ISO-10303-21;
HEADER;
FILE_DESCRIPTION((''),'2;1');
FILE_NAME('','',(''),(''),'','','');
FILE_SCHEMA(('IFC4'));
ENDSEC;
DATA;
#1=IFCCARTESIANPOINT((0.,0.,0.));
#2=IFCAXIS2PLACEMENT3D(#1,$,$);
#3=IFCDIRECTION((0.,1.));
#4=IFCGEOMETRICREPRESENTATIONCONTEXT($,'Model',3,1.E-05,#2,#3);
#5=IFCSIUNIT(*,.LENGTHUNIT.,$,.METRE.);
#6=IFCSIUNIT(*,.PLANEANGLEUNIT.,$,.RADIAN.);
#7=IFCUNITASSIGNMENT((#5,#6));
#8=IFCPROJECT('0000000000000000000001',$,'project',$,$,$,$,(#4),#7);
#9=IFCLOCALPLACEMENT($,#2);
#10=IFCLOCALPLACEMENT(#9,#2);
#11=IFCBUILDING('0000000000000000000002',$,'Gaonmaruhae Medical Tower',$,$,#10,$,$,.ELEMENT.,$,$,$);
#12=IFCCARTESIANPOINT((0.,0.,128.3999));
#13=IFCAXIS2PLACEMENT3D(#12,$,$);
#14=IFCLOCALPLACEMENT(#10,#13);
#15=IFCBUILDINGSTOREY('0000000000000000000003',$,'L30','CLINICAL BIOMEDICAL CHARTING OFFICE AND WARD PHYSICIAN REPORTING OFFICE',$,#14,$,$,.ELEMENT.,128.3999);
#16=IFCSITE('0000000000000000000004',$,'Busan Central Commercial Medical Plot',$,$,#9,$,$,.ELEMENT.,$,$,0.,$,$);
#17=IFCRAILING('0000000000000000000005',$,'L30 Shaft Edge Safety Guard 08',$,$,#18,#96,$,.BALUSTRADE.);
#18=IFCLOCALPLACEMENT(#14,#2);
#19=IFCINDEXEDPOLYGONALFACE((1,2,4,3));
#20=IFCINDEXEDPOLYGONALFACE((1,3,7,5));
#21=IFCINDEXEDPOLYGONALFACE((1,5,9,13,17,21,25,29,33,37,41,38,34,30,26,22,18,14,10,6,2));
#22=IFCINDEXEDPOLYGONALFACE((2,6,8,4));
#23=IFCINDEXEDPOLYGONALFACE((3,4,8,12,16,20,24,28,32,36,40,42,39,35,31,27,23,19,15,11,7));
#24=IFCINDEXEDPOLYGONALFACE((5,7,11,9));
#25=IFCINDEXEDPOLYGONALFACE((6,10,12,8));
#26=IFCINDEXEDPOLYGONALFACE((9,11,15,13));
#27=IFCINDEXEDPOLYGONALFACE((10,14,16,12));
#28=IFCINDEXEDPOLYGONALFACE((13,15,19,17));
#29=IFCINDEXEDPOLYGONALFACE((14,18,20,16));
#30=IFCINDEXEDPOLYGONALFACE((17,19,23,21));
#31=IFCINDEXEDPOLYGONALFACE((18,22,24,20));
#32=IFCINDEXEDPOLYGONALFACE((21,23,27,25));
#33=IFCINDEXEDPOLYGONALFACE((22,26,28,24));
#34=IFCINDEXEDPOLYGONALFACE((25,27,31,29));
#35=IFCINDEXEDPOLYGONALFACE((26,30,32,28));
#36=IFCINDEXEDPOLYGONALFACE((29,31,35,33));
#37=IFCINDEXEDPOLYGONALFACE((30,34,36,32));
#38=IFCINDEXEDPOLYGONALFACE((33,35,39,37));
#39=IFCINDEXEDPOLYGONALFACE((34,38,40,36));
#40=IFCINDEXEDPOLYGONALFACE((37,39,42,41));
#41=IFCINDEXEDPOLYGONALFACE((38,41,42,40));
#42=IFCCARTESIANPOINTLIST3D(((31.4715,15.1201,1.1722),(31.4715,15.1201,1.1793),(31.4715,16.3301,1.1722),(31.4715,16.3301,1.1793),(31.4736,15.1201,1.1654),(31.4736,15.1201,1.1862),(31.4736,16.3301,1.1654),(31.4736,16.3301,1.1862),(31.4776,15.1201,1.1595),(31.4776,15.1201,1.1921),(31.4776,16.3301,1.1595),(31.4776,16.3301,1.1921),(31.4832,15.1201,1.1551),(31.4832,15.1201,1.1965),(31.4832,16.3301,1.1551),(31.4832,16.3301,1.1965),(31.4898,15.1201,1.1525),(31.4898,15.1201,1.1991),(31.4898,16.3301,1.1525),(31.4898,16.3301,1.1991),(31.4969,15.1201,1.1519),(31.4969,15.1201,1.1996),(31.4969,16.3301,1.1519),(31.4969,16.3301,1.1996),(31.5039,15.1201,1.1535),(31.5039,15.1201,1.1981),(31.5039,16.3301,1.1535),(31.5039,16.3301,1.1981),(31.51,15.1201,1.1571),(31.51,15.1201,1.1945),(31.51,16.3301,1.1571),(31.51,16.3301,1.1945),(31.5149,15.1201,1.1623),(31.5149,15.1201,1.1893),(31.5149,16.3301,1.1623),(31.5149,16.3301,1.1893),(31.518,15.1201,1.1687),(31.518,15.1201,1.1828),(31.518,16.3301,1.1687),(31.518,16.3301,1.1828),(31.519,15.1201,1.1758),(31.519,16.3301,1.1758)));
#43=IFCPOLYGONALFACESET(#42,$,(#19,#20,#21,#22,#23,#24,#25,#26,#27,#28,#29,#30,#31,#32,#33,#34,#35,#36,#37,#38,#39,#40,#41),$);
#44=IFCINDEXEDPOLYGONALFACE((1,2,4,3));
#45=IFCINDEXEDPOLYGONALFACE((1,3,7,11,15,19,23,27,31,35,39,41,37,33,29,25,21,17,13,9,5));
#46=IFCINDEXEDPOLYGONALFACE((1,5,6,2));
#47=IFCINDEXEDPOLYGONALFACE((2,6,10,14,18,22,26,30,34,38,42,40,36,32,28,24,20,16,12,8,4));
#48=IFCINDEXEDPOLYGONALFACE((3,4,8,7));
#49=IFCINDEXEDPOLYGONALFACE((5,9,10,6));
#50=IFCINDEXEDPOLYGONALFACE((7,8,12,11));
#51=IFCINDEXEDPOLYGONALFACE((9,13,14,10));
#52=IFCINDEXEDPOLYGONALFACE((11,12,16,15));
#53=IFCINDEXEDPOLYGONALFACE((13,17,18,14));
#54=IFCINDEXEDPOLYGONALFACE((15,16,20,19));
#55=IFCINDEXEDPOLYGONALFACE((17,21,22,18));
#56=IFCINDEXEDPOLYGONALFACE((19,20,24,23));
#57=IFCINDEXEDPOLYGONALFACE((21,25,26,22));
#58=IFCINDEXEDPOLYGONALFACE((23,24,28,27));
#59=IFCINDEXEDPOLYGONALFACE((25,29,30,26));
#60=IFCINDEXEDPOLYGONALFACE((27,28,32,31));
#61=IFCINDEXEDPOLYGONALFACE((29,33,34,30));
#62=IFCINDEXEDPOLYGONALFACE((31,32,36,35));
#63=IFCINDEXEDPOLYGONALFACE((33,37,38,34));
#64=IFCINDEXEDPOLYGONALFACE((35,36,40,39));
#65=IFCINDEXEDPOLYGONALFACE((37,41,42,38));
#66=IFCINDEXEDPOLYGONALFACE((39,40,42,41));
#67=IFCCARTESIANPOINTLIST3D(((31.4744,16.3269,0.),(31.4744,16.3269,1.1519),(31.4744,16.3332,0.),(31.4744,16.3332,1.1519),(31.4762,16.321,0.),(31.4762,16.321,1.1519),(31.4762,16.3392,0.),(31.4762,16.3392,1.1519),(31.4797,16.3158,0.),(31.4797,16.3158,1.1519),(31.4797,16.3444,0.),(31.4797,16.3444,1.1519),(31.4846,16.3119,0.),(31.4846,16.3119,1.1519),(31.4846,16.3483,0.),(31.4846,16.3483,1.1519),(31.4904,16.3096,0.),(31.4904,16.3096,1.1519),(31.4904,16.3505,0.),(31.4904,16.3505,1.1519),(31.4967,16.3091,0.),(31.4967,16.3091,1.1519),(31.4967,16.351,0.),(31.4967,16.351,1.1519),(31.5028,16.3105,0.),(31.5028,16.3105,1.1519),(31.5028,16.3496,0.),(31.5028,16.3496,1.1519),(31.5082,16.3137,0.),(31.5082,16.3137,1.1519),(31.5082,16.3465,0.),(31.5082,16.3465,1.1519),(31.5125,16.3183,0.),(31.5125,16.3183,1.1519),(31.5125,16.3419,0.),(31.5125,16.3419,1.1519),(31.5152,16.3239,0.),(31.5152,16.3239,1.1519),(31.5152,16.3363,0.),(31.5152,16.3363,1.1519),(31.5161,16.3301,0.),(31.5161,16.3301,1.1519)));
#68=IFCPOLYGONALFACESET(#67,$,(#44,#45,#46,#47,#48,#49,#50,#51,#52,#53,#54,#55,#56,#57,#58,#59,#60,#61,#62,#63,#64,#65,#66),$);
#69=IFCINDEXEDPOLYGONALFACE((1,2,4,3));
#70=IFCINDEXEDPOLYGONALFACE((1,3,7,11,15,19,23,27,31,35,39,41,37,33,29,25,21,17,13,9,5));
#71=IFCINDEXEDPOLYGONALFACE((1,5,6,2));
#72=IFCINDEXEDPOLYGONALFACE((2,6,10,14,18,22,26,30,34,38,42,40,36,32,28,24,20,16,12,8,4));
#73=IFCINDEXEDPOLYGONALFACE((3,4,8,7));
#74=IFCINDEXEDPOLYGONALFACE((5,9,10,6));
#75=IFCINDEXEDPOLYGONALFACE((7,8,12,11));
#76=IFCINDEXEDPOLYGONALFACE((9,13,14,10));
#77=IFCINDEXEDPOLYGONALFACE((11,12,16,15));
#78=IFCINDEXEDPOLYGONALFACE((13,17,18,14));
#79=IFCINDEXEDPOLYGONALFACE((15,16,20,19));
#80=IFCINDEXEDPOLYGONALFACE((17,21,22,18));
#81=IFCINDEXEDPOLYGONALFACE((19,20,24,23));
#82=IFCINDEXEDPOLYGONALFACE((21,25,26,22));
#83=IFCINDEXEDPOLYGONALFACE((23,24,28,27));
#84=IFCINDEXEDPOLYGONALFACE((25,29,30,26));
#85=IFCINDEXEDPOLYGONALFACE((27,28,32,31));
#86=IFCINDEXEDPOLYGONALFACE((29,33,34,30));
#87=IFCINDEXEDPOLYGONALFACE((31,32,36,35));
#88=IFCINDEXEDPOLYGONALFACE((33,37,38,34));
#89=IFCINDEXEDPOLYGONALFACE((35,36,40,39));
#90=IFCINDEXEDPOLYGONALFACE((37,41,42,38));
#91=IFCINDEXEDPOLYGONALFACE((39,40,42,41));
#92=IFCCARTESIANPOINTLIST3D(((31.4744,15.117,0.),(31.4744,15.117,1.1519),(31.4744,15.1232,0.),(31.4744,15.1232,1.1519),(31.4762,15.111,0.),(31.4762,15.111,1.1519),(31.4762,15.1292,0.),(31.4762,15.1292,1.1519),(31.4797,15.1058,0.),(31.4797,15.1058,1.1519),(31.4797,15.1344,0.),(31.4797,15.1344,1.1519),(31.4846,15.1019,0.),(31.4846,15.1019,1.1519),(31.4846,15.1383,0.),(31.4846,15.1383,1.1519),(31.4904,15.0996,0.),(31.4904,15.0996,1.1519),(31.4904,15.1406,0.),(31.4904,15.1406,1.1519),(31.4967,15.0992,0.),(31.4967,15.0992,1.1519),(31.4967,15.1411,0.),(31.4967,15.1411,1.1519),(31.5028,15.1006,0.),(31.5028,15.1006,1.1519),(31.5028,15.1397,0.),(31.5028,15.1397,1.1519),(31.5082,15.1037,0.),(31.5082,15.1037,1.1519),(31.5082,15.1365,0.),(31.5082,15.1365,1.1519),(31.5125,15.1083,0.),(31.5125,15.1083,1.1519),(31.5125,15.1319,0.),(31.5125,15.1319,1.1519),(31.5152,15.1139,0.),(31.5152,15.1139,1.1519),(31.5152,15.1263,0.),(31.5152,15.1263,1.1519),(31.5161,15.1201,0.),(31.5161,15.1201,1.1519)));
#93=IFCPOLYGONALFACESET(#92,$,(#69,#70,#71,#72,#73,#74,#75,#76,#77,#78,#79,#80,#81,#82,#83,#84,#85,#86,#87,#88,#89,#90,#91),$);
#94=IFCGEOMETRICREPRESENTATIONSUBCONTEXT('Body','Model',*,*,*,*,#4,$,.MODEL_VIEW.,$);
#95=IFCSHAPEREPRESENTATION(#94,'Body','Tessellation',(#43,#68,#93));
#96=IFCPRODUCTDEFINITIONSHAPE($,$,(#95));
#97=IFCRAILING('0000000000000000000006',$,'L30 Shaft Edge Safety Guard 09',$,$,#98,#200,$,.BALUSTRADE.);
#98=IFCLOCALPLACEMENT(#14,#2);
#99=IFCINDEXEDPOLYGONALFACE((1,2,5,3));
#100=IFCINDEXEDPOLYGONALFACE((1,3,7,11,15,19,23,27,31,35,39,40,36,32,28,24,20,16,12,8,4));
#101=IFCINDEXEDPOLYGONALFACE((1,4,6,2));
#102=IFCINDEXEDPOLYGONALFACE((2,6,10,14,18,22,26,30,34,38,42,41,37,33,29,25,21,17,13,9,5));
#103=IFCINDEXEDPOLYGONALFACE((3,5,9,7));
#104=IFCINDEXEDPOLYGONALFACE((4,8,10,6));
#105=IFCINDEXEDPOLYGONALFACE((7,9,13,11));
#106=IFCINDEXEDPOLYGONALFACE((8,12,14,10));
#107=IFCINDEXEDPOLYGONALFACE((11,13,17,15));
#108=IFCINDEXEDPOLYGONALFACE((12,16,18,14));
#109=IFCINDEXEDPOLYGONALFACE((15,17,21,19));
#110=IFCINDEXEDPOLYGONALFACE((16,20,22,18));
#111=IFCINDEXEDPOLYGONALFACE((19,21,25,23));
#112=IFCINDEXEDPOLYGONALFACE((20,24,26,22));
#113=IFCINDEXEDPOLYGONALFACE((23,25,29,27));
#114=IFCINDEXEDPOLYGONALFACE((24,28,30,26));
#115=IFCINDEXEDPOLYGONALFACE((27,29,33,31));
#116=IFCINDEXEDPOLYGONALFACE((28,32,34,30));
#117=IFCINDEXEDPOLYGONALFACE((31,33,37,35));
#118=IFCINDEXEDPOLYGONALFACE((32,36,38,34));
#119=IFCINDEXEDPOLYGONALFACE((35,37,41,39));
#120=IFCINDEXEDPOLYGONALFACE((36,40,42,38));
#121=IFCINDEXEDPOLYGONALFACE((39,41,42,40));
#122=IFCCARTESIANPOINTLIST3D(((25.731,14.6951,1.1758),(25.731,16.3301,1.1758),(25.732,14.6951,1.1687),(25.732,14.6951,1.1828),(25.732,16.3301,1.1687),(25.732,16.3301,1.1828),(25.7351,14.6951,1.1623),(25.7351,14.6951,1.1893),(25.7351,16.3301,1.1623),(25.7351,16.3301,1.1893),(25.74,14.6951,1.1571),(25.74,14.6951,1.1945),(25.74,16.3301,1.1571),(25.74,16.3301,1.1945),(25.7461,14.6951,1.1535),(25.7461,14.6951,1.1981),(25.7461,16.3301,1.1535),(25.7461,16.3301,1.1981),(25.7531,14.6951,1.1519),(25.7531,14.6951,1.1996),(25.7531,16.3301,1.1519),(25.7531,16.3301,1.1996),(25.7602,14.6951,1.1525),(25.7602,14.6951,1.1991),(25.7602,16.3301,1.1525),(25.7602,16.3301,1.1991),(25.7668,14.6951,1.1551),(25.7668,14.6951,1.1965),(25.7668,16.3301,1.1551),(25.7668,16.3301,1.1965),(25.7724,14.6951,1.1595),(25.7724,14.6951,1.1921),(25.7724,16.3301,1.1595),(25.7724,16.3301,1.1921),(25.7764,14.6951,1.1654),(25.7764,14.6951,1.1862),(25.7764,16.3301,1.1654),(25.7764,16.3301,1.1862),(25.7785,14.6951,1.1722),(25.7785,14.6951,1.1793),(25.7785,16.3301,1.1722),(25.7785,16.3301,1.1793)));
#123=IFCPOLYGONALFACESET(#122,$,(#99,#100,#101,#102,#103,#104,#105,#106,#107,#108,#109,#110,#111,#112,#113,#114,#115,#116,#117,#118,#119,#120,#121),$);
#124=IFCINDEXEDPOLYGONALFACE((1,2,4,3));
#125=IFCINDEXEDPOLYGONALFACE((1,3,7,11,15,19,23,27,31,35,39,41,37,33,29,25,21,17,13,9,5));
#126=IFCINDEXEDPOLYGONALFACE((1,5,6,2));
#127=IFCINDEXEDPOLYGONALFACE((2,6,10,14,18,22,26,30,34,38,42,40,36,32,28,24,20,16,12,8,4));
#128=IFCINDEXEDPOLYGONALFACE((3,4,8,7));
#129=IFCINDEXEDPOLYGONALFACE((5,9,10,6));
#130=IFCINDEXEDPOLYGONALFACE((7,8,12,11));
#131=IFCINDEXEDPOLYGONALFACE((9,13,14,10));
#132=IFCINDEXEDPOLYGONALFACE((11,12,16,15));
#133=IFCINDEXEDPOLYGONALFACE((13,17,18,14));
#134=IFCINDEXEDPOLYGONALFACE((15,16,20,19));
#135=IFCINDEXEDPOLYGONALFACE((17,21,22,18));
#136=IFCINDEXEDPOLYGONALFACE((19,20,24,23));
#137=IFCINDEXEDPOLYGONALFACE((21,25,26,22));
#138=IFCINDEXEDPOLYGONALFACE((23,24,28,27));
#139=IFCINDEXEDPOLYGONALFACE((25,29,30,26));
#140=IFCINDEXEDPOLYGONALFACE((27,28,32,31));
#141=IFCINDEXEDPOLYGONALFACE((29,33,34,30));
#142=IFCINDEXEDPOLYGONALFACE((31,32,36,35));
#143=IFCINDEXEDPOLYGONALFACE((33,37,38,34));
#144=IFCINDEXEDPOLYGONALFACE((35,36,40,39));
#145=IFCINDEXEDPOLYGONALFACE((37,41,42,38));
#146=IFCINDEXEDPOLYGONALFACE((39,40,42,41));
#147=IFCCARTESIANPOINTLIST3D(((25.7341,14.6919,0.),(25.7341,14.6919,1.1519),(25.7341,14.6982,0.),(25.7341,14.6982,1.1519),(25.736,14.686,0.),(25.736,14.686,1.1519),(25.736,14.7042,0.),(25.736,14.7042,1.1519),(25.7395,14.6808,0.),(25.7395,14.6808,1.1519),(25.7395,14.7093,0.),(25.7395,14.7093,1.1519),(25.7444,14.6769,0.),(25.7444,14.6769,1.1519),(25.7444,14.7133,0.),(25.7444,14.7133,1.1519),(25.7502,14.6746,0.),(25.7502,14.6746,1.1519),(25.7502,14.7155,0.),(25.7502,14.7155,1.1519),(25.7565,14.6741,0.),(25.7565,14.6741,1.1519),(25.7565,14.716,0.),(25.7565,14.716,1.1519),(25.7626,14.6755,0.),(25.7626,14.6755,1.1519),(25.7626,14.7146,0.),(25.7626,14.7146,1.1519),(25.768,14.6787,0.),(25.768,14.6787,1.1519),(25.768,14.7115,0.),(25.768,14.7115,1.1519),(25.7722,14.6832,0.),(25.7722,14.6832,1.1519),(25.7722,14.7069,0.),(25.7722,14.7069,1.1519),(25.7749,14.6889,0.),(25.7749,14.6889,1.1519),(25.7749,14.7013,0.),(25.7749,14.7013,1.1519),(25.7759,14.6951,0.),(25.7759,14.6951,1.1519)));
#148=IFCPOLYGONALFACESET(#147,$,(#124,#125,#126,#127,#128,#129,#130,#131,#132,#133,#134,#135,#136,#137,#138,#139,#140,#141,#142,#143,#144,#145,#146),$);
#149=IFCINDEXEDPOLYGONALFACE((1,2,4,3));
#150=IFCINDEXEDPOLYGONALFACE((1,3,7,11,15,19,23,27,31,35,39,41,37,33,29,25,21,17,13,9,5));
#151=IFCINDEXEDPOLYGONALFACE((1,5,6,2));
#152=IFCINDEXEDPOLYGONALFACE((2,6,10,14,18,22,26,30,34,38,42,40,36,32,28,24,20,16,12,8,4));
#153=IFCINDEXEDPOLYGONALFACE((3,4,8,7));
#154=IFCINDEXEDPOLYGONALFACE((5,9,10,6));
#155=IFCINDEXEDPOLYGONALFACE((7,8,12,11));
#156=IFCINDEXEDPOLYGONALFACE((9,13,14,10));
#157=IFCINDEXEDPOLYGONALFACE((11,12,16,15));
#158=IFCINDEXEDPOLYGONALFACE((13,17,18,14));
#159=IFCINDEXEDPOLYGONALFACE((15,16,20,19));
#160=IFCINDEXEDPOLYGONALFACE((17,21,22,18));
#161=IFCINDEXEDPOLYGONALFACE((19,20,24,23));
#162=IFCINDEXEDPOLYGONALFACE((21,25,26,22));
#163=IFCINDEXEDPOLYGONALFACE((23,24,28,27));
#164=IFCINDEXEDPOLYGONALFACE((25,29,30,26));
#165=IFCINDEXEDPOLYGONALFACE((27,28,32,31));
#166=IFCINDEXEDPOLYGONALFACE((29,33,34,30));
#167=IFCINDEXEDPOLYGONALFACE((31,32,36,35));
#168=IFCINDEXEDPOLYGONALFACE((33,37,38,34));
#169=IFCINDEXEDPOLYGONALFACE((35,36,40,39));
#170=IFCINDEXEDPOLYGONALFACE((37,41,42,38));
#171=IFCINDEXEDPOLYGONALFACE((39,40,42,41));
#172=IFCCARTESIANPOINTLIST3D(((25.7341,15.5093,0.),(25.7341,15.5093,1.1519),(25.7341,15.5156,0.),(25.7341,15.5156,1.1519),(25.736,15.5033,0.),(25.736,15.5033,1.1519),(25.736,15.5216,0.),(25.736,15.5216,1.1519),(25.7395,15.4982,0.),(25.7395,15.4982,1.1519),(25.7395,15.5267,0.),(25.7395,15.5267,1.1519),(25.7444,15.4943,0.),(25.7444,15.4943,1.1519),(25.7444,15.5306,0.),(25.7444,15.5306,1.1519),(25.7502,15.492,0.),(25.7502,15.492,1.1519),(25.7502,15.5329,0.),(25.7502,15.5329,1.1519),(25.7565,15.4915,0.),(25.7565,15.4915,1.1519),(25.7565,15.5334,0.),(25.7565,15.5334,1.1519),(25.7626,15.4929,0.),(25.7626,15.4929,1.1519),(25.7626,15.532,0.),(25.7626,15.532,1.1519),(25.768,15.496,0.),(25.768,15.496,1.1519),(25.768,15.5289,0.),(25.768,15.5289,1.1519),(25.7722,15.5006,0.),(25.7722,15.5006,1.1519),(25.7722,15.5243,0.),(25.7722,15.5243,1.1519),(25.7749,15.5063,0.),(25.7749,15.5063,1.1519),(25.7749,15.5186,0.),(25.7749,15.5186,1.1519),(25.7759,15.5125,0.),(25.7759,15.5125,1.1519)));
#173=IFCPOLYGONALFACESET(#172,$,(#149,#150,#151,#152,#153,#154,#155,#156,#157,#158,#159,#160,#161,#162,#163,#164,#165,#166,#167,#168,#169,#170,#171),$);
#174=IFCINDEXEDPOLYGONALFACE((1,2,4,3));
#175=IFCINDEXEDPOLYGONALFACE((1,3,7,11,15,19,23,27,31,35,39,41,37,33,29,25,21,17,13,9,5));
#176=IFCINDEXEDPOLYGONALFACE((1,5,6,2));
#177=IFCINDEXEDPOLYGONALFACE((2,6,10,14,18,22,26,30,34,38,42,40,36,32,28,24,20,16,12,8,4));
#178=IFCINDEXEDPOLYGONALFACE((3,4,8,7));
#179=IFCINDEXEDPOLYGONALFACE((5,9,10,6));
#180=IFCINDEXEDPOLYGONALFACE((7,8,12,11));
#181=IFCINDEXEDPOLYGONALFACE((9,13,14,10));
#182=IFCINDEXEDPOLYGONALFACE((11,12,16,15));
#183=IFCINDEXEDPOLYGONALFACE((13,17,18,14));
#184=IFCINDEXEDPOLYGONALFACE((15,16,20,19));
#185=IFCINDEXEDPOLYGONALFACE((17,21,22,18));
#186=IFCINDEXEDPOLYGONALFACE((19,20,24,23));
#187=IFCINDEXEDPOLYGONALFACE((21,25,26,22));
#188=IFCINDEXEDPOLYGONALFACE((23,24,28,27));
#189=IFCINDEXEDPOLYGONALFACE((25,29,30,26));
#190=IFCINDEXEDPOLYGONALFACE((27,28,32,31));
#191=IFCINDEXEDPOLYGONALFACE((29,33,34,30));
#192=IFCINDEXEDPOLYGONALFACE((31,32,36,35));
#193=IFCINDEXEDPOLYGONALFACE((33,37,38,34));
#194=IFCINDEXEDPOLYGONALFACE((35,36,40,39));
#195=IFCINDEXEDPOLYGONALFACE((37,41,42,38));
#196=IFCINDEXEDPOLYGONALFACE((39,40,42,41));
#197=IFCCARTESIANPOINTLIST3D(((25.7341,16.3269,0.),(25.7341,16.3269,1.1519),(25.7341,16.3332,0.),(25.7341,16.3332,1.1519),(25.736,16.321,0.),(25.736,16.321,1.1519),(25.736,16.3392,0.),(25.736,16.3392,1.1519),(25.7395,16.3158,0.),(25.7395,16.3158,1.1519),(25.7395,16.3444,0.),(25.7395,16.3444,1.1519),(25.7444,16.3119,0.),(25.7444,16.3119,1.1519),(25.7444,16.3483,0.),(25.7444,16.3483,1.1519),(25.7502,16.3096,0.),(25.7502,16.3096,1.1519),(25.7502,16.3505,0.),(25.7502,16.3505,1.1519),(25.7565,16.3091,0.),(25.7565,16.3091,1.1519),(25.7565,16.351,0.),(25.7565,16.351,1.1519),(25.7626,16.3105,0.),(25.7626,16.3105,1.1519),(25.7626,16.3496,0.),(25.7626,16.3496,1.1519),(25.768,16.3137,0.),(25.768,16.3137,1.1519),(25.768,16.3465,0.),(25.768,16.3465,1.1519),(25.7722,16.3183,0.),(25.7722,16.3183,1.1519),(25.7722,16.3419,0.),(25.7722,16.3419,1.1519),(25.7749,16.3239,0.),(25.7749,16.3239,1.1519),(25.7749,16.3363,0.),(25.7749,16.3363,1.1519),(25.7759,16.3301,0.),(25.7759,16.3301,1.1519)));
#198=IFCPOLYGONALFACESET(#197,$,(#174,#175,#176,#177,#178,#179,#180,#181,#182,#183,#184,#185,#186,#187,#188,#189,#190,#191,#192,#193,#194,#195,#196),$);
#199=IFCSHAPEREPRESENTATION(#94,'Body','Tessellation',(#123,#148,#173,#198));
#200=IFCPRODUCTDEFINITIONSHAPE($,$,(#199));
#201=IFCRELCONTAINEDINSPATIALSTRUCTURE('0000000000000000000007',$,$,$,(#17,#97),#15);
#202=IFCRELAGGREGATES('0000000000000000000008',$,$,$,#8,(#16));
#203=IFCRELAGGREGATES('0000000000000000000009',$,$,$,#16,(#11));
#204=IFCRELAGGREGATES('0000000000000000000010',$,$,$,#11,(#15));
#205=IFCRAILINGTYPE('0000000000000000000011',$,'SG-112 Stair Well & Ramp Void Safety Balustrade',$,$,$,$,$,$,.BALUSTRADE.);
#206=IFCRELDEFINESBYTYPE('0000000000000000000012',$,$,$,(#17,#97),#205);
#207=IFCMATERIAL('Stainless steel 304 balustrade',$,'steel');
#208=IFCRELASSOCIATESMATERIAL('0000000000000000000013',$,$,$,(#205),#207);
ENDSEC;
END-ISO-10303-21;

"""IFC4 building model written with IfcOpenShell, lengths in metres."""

from ifc_helpers import new_model, si_unit, direction, frame, origin, origin_2d, place, context, subcontext, project, spatial, circle, extrude, material, type_object, element, save


model = new_model("IFC4")

# Units and contexts
model_context = context("Model", 3, precision=1e-05, world=origin(), true_north=direction((0.0, 1.0)))
body_context = subcontext(model_context, "Body", "Model", "MODEL_VIEW")
ifc_project = project(units=[si_unit("LENGTHUNIT", "METRE"), si_unit("PLANEANGLEUNIT", "RADIAN")], contexts=[model_context])

# Site, building, storey
site_placement = place(None, origin())
site = spatial("IfcSite", under=ifc_project, at=site_placement, Name="Busan Central Commercial Medical Plot", CompositionType="ELEMENT", RefElevation=0.0)
building_placement = place(site_placement, origin())
building = spatial("IfcBuilding", under=site, at=building_placement, Name="Gaonmaruhae Medical Tower", CompositionType="ELEMENT")
storey_placement = place(building_placement, frame((0.0, 0.0, 128.3999)))
storey = spatial("IfcBuildingStorey", under=building, at=storey_placement, Name="L30", Description="CLINICAL BIOMEDICAL CHARTING OFFICE AND WARD PHYSICIAN REPORTING OFFICE", CompositionType="ELEMENT", Elevation=128.3999)

# Railings
ifc_material_1 = material(Name="Stainless steel 304 balustrade", Category="steel")
railing_type = type_object("IfcRailingType", Name="SG-112 Stair Well & Ramp Void Safety Balustrade", PredefinedType="BALUSTRADE", material=ifc_material_1)
railing_1_placement = place(storey_placement, frame((31.4951, 16.3301, 0.0)))
element("IfcRailing", 1, at=railing_1_placement, inside=storey, type_object=railing_type, Name="L30 Shaft Edge Safety Guard 08", PredefinedType="BALUSTRADE", context=body_context, shape_type="SweptSolid", body=[
    extrude(circle(Radius=0.0239, at=origin_2d()), frame((0.0, 0.0, 1.1758), z_axis=(0.0, -1.0, 0.0), x_axis=(1.0, 0.0, 0.0)), (0.0, 0.0, 1.0), 1.21),
    extrude(circle(Radius=0.021, at=origin_2d()), origin(), (0.0, 0.0, 1.0), 1.1519),
    extrude(circle(Radius=0.021, at=origin_2d()), frame((0.0, -1.21, 0.0)), (0.0, 0.0, 1.0), 1.1519),
])
railing_2_placement = place(storey_placement, frame((25.7549, 14.6951, 0.0)))
element("IfcRailing", 2, at=railing_2_placement, inside=storey, type_object=railing_type, Name="L30 Shaft Edge Safety Guard 09", PredefinedType="BALUSTRADE", context=body_context, shape_type="SweptSolid", body=[
    extrude(circle(Radius=0.0239, at=origin_2d()), frame((0.0, 0.0, 1.1758), z_axis=(0.0, 1.0, 0.0), x_axis=(-1.0, 0.0, 0.0)), (0.0, 0.0, 1.0), 1.635),
    extrude(circle(Radius=0.021, at=origin_2d()), origin(), (0.0, 0.0, 1.0), 1.1519),
    extrude(circle(Radius=0.021, at=origin_2d()), frame((0.0, 0.8174, 0.0)), (0.0, 0.0, 1.0), 1.1519),
    extrude(circle(Radius=0.021, at=origin_2d()), frame((0.0, 1.635, 0.0)), (0.0, 0.0, 1.0), 1.1519),
])

save(model, "model.ifc")
